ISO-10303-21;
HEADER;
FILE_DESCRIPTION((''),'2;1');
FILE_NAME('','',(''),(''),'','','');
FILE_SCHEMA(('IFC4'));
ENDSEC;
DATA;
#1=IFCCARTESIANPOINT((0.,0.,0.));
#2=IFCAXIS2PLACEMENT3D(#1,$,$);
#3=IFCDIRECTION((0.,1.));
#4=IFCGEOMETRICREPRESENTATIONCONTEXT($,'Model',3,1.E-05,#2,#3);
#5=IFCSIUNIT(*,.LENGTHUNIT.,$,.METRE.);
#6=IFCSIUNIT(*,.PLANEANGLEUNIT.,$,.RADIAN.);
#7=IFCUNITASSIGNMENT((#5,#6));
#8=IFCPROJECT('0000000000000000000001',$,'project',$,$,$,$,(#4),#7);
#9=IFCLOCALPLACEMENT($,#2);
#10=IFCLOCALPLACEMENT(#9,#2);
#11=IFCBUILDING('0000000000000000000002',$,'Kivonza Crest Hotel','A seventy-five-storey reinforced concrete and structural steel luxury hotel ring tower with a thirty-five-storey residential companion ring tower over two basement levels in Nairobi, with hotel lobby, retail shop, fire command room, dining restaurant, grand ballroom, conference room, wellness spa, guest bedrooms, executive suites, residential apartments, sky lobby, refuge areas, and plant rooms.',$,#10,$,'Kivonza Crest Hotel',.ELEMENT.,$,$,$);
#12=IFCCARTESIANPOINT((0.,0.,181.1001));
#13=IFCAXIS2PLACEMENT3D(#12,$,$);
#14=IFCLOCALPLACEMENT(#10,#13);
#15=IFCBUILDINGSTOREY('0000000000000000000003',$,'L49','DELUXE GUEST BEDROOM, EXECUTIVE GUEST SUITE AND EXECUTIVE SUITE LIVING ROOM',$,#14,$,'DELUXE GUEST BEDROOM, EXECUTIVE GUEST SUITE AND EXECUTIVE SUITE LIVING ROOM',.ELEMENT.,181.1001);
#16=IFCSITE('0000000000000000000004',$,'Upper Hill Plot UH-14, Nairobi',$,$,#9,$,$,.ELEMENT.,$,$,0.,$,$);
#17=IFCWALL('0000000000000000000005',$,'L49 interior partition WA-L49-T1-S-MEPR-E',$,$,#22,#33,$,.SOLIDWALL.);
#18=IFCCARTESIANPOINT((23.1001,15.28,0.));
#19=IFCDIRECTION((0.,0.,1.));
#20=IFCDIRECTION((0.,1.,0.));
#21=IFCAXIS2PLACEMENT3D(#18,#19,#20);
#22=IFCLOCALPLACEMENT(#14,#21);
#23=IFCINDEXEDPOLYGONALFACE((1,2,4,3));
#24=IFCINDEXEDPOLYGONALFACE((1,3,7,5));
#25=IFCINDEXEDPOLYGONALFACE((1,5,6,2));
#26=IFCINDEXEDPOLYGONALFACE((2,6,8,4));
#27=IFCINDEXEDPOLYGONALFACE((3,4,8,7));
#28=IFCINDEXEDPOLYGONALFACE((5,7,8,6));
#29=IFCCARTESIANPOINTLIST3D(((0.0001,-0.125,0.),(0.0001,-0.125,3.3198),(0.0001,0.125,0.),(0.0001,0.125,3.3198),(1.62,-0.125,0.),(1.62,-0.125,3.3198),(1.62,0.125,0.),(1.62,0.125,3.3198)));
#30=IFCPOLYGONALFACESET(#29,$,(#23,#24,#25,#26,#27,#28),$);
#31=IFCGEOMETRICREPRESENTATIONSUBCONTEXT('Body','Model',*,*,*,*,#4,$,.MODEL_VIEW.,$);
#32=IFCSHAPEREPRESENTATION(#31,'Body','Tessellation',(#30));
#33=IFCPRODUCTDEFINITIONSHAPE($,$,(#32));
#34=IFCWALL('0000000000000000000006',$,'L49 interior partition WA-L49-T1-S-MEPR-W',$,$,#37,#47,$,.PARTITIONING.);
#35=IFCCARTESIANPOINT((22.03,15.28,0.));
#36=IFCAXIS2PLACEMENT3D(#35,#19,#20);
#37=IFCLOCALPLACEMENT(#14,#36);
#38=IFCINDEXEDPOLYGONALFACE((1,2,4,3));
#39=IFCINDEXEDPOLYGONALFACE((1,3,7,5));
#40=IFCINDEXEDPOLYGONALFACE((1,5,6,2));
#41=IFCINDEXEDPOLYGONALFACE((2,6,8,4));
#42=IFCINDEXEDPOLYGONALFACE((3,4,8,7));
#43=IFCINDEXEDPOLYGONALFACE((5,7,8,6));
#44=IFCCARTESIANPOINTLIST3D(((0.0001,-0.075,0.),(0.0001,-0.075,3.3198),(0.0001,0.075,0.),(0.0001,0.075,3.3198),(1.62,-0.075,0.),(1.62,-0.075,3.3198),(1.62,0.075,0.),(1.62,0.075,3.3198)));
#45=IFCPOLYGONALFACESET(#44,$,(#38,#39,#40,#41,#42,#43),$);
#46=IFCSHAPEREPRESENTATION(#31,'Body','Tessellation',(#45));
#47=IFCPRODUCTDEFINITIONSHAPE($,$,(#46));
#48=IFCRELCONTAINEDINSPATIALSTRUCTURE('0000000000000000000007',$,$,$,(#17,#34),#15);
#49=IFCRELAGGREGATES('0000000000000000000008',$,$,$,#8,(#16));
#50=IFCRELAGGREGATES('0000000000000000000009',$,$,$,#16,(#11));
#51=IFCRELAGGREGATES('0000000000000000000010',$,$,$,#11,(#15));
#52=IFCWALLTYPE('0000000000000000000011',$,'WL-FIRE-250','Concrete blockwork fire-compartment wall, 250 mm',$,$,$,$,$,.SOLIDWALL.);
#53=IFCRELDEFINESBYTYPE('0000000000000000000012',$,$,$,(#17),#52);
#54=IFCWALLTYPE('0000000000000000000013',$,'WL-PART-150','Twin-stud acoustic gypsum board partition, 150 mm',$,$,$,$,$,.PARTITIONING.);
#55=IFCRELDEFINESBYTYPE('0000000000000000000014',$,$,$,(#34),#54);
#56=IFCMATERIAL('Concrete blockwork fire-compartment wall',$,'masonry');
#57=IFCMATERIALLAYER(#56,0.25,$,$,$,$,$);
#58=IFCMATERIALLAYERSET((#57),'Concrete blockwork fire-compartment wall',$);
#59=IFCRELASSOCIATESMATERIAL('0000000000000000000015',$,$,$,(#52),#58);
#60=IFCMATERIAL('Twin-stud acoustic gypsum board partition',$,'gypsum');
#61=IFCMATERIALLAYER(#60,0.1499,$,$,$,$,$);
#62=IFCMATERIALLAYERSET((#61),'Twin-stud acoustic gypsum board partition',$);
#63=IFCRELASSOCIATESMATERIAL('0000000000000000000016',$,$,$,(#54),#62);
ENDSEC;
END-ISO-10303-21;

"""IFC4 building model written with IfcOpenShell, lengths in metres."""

from ifc_helpers import new_model, si_unit, direction, frame, frame_2d, origin, place, context, subcontext, project, spatial, rectangle, extrude, material, layer, layer_set, type_object, element, save


model = new_model("IFC4")

# Units and contexts
model_context = context("Model", 3, precision=1e-05, world=origin(), true_north=direction((0.0, 1.0)))
body_context = subcontext(model_context, "Body", "Model", "MODEL_VIEW")
ifc_project = project(units=[si_unit("LENGTHUNIT", "METRE"), si_unit("PLANEANGLEUNIT", "RADIAN")], contexts=[model_context])

# Site, building, storey
site_placement = place(None, origin())
site = spatial("IfcSite", under=ifc_project, at=site_placement, Name="Upper Hill Plot UH-14, Nairobi", CompositionType="ELEMENT", RefElevation=0.0)
building_placement = place(site_placement, origin())
building = spatial("IfcBuilding", under=site, at=building_placement, Name="Kivonza Crest Hotel", Description="A seventy-five-storey reinforced concrete and structural steel luxury hotel ring tower with a thirty-five-storey residential companion ring tower over two basement levels in Nairobi, with hotel lobby, retail shop, fire command room, dining restaurant, grand ballroom, conference room, wellness spa, guest bedrooms, executive suites, residential apartments, sky lobby, refuge areas, and plant rooms.", LongName="Kivonza Crest Hotel", CompositionType="ELEMENT")
storey_placement = place(building_placement, frame((0.0, 0.0, 181.1001)))
storey = spatial("IfcBuildingStorey", under=building, at=storey_placement, Name="L49", Description="DELUXE GUEST BEDROOM, EXECUTIVE GUEST SUITE AND EXECUTIVE SUITE LIVING ROOM", LongName="DELUXE GUEST BEDROOM, EXECUTIVE GUEST SUITE AND EXECUTIVE SUITE LIVING ROOM", CompositionType="ELEMENT", Elevation=181.1001)

# Walls
ifc_material_1 = material(Name="Concrete blockwork fire-compartment wall", Category="masonry")
ifc_layer_1 = layer(ifc_material_1, 0.25)
ifc_layer_set_1 = layer_set([ifc_layer_1], Name="Concrete blockwork fire-compartment wall")
wall_type_1 = type_object("IfcWallType", Name="WL-FIRE-250", Description="Concrete blockwork fire-compartment wall, 250 mm", PredefinedType="SOLIDWALL", material=ifc_layer_set_1)
wall_1_placement = place(storey_placement, frame((23.1001, 15.28, 0.0), z_axis=(0.0, 0.0, 1.0), x_axis=(0.0, 1.0, 0.0)))
element("IfcWall", 1, at=wall_1_placement, inside=storey, type_object=wall_type_1, Name="L49 interior partition WA-L49-T1-S-MEPR-E", PredefinedType="SOLIDWALL", context=body_context, shape_type="SweptSolid", body=[
    extrude(rectangle(XDim=1.6199, YDim=0.25, at=frame_2d((0.8101, 0.0))), origin(), (0.0, 0.0, 1.0), 3.3198),
])
ifc_material_2 = material(Name="Twin-stud acoustic gypsum board partition", Category="gypsum")
ifc_layer_2 = layer(ifc_material_2, 0.1499)
ifc_layer_set_2 = layer_set([ifc_layer_2], Name="Twin-stud acoustic gypsum board partition")
wall_type_2 = type_object("IfcWallType", Name="WL-PART-150", Description="Twin-stud acoustic gypsum board partition, 150 mm", PredefinedType="PARTITIONING", material=ifc_layer_set_2)
wall_2_placement = place(storey_placement, frame((22.03, 15.28, 0.0), z_axis=(0.0, 0.0, 1.0), x_axis=(0.0, 1.0, 0.0)))
element("IfcWall", 2, at=wall_2_placement, inside=storey, type_object=wall_type_2, Name="L49 interior partition WA-L49-T1-S-MEPR-W", PredefinedType="PARTITIONING", context=body_context, shape_type="SweptSolid", body=[
    extrude(rectangle(XDim=1.6199, YDim=0.1499, at=frame_2d((0.8101, 0.0))), origin(), (0.0, 0.0, 1.0), 3.3198),
])

save(model, "model.ifc")
